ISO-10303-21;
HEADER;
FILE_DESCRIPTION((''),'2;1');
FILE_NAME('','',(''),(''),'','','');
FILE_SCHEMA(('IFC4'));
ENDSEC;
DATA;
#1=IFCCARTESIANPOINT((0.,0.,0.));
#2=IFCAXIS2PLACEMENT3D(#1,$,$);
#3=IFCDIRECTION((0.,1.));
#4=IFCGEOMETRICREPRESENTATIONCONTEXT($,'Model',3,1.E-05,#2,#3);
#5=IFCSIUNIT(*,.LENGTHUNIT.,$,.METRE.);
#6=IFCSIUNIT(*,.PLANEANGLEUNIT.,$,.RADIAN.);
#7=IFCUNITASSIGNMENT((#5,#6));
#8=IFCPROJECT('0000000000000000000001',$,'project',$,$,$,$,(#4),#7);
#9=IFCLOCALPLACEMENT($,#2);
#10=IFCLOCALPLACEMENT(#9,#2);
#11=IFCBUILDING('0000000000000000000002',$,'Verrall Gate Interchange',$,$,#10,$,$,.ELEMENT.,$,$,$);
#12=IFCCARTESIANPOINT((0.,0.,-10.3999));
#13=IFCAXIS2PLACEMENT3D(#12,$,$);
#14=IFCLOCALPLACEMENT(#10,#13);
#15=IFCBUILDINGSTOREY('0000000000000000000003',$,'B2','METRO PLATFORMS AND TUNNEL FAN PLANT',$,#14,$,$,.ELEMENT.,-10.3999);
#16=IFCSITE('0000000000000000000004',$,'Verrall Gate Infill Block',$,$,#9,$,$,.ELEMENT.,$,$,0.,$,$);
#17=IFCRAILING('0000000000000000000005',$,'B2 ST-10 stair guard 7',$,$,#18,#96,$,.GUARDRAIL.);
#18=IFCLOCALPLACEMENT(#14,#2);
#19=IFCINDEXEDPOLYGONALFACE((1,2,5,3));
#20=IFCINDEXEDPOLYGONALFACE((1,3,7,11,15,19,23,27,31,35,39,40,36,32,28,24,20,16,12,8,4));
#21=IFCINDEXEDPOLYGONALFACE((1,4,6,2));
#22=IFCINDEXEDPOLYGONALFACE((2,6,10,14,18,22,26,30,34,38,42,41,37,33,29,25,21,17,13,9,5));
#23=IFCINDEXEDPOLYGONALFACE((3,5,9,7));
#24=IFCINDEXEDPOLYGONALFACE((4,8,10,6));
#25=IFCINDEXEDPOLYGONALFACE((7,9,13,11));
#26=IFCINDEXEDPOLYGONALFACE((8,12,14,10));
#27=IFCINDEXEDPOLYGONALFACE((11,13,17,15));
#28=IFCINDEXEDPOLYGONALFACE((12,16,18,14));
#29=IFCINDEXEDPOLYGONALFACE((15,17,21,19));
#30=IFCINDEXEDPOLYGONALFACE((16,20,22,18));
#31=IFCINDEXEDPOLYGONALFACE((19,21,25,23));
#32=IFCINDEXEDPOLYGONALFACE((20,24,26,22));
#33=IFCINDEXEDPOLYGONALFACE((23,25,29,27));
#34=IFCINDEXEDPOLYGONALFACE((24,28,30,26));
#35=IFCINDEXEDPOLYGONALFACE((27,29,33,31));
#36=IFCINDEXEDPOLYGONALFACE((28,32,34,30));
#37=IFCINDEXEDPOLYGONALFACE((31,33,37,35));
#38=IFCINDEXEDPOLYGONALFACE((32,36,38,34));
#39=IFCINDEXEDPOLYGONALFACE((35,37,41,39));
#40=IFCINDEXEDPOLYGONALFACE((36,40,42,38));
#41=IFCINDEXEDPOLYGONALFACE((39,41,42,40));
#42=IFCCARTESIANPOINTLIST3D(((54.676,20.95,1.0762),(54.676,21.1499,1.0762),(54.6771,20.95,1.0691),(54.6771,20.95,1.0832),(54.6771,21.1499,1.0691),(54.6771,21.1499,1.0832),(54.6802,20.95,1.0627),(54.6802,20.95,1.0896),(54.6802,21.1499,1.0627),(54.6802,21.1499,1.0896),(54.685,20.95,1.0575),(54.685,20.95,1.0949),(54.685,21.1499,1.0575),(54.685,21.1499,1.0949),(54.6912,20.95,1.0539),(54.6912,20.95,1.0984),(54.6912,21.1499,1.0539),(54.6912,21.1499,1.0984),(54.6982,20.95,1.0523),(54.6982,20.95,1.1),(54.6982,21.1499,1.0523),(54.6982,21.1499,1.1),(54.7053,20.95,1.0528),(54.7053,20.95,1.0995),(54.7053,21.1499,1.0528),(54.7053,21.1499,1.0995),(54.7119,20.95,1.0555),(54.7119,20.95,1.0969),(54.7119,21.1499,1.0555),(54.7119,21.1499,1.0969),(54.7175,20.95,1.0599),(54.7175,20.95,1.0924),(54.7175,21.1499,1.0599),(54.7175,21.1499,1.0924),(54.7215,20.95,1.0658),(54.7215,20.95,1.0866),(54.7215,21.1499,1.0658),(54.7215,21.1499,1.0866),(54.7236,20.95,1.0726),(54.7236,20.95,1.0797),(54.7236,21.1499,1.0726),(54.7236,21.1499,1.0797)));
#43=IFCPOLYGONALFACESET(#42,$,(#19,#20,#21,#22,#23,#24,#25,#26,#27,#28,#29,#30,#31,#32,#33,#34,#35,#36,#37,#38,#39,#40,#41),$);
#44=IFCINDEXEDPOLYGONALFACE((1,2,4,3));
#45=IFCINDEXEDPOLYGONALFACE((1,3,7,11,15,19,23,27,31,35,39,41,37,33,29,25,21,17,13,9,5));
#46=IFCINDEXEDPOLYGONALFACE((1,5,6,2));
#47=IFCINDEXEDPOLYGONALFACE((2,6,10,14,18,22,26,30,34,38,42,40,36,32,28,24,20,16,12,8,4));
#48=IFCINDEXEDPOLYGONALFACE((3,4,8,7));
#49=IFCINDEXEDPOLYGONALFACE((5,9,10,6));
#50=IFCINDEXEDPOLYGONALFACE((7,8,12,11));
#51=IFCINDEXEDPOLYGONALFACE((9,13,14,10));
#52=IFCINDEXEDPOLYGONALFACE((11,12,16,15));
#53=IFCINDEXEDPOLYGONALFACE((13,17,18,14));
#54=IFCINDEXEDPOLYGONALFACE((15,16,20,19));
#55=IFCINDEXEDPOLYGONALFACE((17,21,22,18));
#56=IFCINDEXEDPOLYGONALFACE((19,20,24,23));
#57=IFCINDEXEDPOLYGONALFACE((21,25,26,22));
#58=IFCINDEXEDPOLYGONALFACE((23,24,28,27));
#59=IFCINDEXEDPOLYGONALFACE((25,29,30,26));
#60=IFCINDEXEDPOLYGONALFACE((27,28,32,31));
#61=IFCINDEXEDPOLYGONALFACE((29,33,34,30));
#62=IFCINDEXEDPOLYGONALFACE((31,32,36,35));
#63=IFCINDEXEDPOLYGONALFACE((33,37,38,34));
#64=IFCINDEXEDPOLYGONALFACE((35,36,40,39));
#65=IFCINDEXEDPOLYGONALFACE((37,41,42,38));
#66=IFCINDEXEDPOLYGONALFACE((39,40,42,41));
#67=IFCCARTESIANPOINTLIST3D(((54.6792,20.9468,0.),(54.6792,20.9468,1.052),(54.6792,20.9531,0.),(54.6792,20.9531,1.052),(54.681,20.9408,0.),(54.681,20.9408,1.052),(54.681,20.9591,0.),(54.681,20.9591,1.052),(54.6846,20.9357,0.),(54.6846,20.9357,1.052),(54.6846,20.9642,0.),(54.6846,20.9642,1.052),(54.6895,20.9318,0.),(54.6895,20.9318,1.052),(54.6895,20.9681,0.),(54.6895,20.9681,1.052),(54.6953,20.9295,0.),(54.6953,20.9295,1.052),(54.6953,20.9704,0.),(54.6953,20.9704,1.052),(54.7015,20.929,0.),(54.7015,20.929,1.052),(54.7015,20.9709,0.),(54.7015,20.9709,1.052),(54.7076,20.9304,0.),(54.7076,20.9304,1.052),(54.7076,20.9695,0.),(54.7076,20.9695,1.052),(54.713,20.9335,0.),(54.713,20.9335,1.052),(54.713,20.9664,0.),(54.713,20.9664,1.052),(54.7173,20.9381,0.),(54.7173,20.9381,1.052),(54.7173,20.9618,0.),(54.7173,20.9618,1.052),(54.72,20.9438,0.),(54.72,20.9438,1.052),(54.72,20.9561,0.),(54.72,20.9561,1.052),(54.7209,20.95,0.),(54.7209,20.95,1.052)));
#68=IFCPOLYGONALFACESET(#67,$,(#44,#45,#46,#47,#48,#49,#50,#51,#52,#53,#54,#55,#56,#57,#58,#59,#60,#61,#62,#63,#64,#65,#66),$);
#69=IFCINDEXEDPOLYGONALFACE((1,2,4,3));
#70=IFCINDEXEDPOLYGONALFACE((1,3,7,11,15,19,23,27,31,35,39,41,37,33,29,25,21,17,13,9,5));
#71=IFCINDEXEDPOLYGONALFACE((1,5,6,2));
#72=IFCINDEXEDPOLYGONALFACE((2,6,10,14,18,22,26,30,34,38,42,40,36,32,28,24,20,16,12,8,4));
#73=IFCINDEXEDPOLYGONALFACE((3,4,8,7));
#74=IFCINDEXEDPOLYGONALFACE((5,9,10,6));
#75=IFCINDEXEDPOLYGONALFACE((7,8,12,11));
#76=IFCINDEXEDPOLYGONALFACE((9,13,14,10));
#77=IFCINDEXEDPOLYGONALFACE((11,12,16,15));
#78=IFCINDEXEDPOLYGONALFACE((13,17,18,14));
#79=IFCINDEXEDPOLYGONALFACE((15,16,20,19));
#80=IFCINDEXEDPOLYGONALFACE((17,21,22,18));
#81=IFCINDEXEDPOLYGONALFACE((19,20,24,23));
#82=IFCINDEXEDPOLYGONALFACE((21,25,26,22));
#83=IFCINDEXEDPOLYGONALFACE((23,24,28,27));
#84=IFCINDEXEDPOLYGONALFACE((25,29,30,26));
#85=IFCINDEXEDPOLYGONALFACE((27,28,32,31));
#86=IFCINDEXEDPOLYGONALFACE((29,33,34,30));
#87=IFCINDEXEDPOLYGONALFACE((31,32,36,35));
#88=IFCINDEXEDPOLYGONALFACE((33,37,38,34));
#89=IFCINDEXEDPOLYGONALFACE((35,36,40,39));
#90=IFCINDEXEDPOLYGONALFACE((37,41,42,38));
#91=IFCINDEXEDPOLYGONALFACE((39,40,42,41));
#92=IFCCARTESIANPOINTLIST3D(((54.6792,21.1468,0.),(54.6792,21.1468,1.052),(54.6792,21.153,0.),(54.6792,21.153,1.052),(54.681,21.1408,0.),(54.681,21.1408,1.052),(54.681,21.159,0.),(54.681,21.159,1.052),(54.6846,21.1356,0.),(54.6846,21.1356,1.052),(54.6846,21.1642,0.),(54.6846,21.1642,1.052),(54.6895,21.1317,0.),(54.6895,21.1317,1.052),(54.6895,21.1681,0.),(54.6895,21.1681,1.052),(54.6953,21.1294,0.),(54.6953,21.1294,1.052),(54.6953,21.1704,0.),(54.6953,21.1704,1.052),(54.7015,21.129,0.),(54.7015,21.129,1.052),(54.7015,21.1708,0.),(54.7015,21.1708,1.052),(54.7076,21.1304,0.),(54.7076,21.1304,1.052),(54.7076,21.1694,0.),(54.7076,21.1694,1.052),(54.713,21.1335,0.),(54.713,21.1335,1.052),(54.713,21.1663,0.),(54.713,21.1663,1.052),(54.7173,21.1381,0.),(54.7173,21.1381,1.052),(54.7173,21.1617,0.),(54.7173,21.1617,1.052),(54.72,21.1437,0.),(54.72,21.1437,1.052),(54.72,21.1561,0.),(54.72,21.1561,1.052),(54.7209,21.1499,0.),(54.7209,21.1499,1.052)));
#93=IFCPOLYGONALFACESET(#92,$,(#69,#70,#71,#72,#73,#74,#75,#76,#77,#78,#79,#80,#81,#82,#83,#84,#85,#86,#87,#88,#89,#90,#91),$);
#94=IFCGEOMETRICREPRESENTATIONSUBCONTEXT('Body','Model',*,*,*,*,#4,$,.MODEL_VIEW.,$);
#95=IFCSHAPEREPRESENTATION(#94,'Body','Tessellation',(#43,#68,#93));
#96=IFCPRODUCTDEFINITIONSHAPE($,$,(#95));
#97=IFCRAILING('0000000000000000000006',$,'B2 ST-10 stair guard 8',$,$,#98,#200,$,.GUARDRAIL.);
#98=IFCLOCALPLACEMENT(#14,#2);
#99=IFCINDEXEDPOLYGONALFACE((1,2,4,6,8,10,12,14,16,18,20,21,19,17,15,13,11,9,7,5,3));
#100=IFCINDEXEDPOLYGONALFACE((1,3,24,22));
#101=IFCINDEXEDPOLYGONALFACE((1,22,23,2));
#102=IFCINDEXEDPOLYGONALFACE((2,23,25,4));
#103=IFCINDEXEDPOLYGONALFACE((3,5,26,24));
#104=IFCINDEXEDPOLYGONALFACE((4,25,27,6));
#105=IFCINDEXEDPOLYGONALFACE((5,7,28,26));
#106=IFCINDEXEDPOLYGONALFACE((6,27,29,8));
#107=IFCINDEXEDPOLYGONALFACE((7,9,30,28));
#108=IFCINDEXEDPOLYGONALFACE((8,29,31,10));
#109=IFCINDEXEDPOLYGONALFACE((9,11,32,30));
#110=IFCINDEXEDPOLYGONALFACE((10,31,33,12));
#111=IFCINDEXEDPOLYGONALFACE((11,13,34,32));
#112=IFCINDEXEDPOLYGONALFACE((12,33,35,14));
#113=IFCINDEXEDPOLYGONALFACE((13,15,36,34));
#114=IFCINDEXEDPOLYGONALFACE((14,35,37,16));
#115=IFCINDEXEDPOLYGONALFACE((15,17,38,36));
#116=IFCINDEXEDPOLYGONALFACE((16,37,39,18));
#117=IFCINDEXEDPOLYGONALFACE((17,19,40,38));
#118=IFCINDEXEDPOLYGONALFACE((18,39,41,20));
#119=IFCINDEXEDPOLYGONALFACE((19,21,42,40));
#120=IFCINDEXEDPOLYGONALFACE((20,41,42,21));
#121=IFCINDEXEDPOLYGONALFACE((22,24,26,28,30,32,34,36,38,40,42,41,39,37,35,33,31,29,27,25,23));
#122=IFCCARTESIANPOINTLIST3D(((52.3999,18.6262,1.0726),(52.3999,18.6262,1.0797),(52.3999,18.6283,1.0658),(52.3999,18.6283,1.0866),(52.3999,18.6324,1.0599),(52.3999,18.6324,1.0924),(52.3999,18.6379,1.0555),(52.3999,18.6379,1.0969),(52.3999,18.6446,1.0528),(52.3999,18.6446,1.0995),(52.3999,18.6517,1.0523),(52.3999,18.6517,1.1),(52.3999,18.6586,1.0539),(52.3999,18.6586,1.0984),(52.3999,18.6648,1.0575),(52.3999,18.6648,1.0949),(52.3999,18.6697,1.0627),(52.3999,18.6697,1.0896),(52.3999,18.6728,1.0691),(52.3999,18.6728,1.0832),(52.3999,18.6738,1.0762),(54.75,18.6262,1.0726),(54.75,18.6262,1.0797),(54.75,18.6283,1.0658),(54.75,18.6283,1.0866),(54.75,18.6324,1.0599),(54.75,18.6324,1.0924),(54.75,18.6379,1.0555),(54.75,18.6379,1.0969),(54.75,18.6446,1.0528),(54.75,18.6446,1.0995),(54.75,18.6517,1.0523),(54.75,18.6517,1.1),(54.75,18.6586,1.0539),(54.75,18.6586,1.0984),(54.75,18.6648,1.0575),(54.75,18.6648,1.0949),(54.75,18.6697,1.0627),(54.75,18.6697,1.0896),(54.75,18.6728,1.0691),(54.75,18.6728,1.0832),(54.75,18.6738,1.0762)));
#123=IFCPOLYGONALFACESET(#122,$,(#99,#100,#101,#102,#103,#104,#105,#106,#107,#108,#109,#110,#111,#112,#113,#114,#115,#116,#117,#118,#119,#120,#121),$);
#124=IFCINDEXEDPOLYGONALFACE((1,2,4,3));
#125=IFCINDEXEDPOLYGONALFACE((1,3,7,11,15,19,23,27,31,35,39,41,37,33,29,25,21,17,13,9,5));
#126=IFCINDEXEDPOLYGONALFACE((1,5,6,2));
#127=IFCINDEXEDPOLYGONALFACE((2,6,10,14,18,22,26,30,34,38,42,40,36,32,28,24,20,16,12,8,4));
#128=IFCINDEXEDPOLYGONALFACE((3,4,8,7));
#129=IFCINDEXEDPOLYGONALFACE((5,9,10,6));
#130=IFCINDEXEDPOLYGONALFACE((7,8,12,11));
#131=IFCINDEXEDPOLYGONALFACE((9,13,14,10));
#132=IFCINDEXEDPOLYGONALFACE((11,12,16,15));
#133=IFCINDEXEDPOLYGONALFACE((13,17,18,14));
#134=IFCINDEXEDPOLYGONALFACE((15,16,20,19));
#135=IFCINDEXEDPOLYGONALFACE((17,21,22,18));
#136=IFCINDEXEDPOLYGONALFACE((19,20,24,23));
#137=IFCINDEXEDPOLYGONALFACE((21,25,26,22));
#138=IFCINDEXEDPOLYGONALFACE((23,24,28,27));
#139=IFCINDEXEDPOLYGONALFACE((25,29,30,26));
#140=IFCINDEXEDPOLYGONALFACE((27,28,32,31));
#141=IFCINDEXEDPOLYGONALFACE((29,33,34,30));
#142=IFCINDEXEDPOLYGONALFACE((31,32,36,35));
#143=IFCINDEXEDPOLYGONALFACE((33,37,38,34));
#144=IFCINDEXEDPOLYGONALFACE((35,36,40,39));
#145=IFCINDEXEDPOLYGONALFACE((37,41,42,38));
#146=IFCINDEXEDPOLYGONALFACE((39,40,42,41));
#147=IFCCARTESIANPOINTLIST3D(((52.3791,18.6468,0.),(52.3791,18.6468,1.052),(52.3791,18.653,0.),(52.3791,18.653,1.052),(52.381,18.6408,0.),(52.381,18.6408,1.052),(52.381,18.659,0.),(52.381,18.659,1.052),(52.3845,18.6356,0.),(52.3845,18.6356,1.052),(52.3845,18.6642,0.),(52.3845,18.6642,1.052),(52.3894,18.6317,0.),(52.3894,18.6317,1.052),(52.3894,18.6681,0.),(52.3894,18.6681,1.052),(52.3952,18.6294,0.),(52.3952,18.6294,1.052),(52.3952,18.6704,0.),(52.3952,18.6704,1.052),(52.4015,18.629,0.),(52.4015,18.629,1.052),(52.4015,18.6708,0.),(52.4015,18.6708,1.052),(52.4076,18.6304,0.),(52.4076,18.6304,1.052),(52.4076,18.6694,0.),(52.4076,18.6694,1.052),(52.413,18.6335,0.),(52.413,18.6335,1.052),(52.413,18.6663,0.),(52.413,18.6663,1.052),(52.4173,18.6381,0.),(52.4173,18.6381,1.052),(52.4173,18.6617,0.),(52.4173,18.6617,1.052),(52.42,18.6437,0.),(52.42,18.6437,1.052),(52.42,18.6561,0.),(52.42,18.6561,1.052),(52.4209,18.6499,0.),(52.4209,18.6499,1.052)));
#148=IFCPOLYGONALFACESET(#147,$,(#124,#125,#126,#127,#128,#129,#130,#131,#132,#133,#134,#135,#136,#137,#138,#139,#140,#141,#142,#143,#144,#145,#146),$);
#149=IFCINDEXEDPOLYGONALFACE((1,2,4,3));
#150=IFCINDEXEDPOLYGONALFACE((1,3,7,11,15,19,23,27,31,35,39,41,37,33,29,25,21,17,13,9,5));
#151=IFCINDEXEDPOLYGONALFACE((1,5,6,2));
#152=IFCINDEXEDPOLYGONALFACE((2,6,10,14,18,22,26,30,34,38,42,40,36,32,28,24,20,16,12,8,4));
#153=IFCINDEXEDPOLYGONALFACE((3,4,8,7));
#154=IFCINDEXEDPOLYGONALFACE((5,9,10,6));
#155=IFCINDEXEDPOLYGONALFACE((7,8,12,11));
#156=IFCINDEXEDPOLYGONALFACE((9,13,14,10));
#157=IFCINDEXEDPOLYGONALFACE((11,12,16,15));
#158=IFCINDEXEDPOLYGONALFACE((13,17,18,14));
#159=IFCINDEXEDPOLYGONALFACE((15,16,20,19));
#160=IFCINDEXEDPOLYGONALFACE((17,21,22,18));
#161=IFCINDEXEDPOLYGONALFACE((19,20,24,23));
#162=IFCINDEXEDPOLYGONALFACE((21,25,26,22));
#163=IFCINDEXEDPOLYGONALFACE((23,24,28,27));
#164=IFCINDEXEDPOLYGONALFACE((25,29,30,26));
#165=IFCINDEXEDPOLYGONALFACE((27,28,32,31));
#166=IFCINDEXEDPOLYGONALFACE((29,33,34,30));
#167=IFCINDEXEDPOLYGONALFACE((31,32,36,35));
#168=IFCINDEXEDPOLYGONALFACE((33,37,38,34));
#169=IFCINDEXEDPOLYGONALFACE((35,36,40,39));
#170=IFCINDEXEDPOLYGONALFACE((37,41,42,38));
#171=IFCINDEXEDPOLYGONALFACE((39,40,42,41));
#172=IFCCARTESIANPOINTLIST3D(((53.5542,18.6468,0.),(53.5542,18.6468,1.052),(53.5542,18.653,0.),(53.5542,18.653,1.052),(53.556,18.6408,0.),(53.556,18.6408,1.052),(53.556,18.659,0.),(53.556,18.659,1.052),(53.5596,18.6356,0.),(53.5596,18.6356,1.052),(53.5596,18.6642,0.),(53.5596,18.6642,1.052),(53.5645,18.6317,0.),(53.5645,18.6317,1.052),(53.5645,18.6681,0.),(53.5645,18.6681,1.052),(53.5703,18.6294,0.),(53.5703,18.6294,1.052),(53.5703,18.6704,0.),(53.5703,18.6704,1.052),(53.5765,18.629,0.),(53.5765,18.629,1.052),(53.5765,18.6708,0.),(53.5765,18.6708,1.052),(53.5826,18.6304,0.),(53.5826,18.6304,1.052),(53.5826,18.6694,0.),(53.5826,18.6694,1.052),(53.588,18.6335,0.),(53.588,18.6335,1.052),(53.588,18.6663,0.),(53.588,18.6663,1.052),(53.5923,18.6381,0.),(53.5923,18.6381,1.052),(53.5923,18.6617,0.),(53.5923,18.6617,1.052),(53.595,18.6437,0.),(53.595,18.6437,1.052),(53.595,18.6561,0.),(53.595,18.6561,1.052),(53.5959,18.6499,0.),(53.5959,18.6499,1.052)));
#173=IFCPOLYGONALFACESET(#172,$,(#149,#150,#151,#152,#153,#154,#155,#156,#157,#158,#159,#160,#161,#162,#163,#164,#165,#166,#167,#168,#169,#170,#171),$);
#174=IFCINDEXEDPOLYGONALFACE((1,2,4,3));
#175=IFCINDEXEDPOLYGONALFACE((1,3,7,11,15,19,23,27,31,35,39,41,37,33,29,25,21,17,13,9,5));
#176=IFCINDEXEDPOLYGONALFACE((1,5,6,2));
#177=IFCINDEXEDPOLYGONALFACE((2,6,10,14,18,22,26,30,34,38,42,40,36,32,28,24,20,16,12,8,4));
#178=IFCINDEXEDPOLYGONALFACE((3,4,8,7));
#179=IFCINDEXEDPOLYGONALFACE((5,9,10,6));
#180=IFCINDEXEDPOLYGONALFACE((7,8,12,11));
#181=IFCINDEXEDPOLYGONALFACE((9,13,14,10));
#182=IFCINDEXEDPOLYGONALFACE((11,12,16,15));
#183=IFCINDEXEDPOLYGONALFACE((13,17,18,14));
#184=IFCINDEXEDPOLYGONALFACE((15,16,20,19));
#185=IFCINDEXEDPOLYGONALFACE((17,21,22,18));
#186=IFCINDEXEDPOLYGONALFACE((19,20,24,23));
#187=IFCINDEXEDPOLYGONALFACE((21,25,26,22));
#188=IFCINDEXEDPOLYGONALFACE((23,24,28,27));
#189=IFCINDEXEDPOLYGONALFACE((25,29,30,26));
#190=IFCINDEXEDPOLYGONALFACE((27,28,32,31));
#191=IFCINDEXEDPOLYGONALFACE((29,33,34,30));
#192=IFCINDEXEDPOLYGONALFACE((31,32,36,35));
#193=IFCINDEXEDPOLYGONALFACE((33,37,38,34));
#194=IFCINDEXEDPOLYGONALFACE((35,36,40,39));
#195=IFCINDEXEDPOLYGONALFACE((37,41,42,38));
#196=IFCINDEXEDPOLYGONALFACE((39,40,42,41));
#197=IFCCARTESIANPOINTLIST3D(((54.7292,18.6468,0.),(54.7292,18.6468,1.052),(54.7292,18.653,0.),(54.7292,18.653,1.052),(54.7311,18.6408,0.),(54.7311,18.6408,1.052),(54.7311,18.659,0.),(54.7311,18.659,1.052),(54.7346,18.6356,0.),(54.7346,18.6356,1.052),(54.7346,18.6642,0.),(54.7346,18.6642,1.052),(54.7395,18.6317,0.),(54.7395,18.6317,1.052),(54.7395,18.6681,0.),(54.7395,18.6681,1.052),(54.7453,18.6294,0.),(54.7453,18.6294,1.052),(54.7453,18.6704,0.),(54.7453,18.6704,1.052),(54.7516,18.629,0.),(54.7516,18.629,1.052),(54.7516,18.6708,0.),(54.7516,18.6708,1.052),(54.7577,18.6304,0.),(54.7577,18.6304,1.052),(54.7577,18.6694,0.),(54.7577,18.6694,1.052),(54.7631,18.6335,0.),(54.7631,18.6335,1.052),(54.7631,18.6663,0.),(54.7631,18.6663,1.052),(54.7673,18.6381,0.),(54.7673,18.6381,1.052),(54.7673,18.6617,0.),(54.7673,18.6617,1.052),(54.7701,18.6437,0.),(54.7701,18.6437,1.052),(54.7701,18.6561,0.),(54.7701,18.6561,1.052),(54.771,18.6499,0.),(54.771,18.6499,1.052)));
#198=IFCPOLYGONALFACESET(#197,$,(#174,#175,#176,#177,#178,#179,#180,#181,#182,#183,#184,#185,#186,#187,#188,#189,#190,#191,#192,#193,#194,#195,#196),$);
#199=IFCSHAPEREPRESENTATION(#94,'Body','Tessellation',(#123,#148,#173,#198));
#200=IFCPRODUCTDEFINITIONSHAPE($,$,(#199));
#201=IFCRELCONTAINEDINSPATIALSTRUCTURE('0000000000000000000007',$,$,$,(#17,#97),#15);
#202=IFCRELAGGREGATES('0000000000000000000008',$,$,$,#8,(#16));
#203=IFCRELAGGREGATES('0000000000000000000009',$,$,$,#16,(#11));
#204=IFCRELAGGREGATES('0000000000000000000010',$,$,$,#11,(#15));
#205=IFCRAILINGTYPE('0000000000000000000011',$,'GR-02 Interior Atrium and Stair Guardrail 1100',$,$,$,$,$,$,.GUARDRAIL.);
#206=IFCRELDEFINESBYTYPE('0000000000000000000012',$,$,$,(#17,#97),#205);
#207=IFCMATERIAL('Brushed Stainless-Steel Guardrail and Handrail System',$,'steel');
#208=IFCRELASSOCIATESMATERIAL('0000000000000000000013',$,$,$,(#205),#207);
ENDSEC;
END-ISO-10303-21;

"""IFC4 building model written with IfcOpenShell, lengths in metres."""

from ifc_helpers import new_model, si_unit, direction, frame, origin, origin_2d, place, context, subcontext, project, spatial, circle, extrude, material, type_object, element, save


model = new_model("IFC4")

# Units and contexts
model_context = context("Model", 3, precision=1e-05, world=origin(), true_north=direction((0.0, 1.0)))
body_context = subcontext(model_context, "Body", "Model", "MODEL_VIEW")
ifc_project = project(units=[si_unit("LENGTHUNIT", "METRE"), si_unit("PLANEANGLEUNIT", "RADIAN")], contexts=[model_context])

# Site, building, storey
site_placement = place(None, origin())
site = spatial("IfcSite", under=ifc_project, at=site_placement, Name="Verrall Gate Infill Block", CompositionType="ELEMENT", RefElevation=0.0)
building_placement = place(site_placement, origin())
building = spatial("IfcBuilding", under=site, at=building_placement, Name="Verrall Gate Interchange", CompositionType="ELEMENT")
storey_placement = place(building_placement, frame((0.0, 0.0, -10.3999)))
storey = spatial("IfcBuildingStorey", under=building, at=storey_placement, Name="B2", Description="METRO PLATFORMS AND TUNNEL FAN PLANT", CompositionType="ELEMENT", Elevation=-10.3999)

# Railings
ifc_material_1 = material(Name="Brushed Stainless-Steel Guardrail and Handrail System", Category="steel")
railing_type_1 = type_object("IfcRailingType", Name="GR-02 Interior Atrium and Stair Guardrail 1100", PredefinedType="GUARDRAIL", material=ifc_material_1)
railing_1_placement = place(storey_placement, frame((54.7, 20.95, 0.0)))
element("IfcRailing", 1, at=railing_1_placement, inside=storey, type_object=railing_type_1, Name="B2 ST-10 stair guard 7", PredefinedType="GUARDRAIL", context=body_context, shape_type="SweptSolid", body=[
    extrude(circle(Radius=0.0239, at=origin_2d()), frame((0.0, 0.0, 1.0762), z_axis=(0.0, 1.0, 0.0), x_axis=(-1.0, 0.0, 0.0)), (0.0, 0.0, 1.0), 0.2),
    extrude(circle(Radius=0.021, at=origin_2d()), origin(), (0.0, 0.0, 1.0), 1.052),
    extrude(circle(Radius=0.021, at=origin_2d()), frame((0.0, 0.2, 0.0)), (0.0, 0.0, 1.0), 1.052),
])
for number, where, name in (
    (2, (52.3999, 18.6499, 0.0), "B2 ST-10 stair guard 8"),
):
    element("IfcRailing", number, at=place(storey_placement, frame(where)), inside=storey, type_object=railing_type_1, Name=name, PredefinedType="GUARDRAIL", context=body_context, shape_type="SweptSolid", body=[
        extrude(circle(Radius=0.0239, at=origin_2d()), frame((0.0, 0.0, 1.0762), z_axis=(1.0, 0.0, 0.0), x_axis=(0.0, 1.0, 0.0)), (0.0, 0.0, 1.0), 2.3501),
        extrude(circle(Radius=0.021, at=origin_2d()), origin(), (0.0, 0.0, 1.0), 1.052),
        extrude(circle(Radius=0.021, at=origin_2d()), frame((1.175, 0.0, 0.0)), (0.0, 0.0, 1.0), 1.052),
        extrude(circle(Radius=0.021, at=origin_2d()), frame((2.3501, 0.0, 0.0)), (0.0, 0.0, 1.0), 1.052),
    ])

save(model, "model.ifc")
